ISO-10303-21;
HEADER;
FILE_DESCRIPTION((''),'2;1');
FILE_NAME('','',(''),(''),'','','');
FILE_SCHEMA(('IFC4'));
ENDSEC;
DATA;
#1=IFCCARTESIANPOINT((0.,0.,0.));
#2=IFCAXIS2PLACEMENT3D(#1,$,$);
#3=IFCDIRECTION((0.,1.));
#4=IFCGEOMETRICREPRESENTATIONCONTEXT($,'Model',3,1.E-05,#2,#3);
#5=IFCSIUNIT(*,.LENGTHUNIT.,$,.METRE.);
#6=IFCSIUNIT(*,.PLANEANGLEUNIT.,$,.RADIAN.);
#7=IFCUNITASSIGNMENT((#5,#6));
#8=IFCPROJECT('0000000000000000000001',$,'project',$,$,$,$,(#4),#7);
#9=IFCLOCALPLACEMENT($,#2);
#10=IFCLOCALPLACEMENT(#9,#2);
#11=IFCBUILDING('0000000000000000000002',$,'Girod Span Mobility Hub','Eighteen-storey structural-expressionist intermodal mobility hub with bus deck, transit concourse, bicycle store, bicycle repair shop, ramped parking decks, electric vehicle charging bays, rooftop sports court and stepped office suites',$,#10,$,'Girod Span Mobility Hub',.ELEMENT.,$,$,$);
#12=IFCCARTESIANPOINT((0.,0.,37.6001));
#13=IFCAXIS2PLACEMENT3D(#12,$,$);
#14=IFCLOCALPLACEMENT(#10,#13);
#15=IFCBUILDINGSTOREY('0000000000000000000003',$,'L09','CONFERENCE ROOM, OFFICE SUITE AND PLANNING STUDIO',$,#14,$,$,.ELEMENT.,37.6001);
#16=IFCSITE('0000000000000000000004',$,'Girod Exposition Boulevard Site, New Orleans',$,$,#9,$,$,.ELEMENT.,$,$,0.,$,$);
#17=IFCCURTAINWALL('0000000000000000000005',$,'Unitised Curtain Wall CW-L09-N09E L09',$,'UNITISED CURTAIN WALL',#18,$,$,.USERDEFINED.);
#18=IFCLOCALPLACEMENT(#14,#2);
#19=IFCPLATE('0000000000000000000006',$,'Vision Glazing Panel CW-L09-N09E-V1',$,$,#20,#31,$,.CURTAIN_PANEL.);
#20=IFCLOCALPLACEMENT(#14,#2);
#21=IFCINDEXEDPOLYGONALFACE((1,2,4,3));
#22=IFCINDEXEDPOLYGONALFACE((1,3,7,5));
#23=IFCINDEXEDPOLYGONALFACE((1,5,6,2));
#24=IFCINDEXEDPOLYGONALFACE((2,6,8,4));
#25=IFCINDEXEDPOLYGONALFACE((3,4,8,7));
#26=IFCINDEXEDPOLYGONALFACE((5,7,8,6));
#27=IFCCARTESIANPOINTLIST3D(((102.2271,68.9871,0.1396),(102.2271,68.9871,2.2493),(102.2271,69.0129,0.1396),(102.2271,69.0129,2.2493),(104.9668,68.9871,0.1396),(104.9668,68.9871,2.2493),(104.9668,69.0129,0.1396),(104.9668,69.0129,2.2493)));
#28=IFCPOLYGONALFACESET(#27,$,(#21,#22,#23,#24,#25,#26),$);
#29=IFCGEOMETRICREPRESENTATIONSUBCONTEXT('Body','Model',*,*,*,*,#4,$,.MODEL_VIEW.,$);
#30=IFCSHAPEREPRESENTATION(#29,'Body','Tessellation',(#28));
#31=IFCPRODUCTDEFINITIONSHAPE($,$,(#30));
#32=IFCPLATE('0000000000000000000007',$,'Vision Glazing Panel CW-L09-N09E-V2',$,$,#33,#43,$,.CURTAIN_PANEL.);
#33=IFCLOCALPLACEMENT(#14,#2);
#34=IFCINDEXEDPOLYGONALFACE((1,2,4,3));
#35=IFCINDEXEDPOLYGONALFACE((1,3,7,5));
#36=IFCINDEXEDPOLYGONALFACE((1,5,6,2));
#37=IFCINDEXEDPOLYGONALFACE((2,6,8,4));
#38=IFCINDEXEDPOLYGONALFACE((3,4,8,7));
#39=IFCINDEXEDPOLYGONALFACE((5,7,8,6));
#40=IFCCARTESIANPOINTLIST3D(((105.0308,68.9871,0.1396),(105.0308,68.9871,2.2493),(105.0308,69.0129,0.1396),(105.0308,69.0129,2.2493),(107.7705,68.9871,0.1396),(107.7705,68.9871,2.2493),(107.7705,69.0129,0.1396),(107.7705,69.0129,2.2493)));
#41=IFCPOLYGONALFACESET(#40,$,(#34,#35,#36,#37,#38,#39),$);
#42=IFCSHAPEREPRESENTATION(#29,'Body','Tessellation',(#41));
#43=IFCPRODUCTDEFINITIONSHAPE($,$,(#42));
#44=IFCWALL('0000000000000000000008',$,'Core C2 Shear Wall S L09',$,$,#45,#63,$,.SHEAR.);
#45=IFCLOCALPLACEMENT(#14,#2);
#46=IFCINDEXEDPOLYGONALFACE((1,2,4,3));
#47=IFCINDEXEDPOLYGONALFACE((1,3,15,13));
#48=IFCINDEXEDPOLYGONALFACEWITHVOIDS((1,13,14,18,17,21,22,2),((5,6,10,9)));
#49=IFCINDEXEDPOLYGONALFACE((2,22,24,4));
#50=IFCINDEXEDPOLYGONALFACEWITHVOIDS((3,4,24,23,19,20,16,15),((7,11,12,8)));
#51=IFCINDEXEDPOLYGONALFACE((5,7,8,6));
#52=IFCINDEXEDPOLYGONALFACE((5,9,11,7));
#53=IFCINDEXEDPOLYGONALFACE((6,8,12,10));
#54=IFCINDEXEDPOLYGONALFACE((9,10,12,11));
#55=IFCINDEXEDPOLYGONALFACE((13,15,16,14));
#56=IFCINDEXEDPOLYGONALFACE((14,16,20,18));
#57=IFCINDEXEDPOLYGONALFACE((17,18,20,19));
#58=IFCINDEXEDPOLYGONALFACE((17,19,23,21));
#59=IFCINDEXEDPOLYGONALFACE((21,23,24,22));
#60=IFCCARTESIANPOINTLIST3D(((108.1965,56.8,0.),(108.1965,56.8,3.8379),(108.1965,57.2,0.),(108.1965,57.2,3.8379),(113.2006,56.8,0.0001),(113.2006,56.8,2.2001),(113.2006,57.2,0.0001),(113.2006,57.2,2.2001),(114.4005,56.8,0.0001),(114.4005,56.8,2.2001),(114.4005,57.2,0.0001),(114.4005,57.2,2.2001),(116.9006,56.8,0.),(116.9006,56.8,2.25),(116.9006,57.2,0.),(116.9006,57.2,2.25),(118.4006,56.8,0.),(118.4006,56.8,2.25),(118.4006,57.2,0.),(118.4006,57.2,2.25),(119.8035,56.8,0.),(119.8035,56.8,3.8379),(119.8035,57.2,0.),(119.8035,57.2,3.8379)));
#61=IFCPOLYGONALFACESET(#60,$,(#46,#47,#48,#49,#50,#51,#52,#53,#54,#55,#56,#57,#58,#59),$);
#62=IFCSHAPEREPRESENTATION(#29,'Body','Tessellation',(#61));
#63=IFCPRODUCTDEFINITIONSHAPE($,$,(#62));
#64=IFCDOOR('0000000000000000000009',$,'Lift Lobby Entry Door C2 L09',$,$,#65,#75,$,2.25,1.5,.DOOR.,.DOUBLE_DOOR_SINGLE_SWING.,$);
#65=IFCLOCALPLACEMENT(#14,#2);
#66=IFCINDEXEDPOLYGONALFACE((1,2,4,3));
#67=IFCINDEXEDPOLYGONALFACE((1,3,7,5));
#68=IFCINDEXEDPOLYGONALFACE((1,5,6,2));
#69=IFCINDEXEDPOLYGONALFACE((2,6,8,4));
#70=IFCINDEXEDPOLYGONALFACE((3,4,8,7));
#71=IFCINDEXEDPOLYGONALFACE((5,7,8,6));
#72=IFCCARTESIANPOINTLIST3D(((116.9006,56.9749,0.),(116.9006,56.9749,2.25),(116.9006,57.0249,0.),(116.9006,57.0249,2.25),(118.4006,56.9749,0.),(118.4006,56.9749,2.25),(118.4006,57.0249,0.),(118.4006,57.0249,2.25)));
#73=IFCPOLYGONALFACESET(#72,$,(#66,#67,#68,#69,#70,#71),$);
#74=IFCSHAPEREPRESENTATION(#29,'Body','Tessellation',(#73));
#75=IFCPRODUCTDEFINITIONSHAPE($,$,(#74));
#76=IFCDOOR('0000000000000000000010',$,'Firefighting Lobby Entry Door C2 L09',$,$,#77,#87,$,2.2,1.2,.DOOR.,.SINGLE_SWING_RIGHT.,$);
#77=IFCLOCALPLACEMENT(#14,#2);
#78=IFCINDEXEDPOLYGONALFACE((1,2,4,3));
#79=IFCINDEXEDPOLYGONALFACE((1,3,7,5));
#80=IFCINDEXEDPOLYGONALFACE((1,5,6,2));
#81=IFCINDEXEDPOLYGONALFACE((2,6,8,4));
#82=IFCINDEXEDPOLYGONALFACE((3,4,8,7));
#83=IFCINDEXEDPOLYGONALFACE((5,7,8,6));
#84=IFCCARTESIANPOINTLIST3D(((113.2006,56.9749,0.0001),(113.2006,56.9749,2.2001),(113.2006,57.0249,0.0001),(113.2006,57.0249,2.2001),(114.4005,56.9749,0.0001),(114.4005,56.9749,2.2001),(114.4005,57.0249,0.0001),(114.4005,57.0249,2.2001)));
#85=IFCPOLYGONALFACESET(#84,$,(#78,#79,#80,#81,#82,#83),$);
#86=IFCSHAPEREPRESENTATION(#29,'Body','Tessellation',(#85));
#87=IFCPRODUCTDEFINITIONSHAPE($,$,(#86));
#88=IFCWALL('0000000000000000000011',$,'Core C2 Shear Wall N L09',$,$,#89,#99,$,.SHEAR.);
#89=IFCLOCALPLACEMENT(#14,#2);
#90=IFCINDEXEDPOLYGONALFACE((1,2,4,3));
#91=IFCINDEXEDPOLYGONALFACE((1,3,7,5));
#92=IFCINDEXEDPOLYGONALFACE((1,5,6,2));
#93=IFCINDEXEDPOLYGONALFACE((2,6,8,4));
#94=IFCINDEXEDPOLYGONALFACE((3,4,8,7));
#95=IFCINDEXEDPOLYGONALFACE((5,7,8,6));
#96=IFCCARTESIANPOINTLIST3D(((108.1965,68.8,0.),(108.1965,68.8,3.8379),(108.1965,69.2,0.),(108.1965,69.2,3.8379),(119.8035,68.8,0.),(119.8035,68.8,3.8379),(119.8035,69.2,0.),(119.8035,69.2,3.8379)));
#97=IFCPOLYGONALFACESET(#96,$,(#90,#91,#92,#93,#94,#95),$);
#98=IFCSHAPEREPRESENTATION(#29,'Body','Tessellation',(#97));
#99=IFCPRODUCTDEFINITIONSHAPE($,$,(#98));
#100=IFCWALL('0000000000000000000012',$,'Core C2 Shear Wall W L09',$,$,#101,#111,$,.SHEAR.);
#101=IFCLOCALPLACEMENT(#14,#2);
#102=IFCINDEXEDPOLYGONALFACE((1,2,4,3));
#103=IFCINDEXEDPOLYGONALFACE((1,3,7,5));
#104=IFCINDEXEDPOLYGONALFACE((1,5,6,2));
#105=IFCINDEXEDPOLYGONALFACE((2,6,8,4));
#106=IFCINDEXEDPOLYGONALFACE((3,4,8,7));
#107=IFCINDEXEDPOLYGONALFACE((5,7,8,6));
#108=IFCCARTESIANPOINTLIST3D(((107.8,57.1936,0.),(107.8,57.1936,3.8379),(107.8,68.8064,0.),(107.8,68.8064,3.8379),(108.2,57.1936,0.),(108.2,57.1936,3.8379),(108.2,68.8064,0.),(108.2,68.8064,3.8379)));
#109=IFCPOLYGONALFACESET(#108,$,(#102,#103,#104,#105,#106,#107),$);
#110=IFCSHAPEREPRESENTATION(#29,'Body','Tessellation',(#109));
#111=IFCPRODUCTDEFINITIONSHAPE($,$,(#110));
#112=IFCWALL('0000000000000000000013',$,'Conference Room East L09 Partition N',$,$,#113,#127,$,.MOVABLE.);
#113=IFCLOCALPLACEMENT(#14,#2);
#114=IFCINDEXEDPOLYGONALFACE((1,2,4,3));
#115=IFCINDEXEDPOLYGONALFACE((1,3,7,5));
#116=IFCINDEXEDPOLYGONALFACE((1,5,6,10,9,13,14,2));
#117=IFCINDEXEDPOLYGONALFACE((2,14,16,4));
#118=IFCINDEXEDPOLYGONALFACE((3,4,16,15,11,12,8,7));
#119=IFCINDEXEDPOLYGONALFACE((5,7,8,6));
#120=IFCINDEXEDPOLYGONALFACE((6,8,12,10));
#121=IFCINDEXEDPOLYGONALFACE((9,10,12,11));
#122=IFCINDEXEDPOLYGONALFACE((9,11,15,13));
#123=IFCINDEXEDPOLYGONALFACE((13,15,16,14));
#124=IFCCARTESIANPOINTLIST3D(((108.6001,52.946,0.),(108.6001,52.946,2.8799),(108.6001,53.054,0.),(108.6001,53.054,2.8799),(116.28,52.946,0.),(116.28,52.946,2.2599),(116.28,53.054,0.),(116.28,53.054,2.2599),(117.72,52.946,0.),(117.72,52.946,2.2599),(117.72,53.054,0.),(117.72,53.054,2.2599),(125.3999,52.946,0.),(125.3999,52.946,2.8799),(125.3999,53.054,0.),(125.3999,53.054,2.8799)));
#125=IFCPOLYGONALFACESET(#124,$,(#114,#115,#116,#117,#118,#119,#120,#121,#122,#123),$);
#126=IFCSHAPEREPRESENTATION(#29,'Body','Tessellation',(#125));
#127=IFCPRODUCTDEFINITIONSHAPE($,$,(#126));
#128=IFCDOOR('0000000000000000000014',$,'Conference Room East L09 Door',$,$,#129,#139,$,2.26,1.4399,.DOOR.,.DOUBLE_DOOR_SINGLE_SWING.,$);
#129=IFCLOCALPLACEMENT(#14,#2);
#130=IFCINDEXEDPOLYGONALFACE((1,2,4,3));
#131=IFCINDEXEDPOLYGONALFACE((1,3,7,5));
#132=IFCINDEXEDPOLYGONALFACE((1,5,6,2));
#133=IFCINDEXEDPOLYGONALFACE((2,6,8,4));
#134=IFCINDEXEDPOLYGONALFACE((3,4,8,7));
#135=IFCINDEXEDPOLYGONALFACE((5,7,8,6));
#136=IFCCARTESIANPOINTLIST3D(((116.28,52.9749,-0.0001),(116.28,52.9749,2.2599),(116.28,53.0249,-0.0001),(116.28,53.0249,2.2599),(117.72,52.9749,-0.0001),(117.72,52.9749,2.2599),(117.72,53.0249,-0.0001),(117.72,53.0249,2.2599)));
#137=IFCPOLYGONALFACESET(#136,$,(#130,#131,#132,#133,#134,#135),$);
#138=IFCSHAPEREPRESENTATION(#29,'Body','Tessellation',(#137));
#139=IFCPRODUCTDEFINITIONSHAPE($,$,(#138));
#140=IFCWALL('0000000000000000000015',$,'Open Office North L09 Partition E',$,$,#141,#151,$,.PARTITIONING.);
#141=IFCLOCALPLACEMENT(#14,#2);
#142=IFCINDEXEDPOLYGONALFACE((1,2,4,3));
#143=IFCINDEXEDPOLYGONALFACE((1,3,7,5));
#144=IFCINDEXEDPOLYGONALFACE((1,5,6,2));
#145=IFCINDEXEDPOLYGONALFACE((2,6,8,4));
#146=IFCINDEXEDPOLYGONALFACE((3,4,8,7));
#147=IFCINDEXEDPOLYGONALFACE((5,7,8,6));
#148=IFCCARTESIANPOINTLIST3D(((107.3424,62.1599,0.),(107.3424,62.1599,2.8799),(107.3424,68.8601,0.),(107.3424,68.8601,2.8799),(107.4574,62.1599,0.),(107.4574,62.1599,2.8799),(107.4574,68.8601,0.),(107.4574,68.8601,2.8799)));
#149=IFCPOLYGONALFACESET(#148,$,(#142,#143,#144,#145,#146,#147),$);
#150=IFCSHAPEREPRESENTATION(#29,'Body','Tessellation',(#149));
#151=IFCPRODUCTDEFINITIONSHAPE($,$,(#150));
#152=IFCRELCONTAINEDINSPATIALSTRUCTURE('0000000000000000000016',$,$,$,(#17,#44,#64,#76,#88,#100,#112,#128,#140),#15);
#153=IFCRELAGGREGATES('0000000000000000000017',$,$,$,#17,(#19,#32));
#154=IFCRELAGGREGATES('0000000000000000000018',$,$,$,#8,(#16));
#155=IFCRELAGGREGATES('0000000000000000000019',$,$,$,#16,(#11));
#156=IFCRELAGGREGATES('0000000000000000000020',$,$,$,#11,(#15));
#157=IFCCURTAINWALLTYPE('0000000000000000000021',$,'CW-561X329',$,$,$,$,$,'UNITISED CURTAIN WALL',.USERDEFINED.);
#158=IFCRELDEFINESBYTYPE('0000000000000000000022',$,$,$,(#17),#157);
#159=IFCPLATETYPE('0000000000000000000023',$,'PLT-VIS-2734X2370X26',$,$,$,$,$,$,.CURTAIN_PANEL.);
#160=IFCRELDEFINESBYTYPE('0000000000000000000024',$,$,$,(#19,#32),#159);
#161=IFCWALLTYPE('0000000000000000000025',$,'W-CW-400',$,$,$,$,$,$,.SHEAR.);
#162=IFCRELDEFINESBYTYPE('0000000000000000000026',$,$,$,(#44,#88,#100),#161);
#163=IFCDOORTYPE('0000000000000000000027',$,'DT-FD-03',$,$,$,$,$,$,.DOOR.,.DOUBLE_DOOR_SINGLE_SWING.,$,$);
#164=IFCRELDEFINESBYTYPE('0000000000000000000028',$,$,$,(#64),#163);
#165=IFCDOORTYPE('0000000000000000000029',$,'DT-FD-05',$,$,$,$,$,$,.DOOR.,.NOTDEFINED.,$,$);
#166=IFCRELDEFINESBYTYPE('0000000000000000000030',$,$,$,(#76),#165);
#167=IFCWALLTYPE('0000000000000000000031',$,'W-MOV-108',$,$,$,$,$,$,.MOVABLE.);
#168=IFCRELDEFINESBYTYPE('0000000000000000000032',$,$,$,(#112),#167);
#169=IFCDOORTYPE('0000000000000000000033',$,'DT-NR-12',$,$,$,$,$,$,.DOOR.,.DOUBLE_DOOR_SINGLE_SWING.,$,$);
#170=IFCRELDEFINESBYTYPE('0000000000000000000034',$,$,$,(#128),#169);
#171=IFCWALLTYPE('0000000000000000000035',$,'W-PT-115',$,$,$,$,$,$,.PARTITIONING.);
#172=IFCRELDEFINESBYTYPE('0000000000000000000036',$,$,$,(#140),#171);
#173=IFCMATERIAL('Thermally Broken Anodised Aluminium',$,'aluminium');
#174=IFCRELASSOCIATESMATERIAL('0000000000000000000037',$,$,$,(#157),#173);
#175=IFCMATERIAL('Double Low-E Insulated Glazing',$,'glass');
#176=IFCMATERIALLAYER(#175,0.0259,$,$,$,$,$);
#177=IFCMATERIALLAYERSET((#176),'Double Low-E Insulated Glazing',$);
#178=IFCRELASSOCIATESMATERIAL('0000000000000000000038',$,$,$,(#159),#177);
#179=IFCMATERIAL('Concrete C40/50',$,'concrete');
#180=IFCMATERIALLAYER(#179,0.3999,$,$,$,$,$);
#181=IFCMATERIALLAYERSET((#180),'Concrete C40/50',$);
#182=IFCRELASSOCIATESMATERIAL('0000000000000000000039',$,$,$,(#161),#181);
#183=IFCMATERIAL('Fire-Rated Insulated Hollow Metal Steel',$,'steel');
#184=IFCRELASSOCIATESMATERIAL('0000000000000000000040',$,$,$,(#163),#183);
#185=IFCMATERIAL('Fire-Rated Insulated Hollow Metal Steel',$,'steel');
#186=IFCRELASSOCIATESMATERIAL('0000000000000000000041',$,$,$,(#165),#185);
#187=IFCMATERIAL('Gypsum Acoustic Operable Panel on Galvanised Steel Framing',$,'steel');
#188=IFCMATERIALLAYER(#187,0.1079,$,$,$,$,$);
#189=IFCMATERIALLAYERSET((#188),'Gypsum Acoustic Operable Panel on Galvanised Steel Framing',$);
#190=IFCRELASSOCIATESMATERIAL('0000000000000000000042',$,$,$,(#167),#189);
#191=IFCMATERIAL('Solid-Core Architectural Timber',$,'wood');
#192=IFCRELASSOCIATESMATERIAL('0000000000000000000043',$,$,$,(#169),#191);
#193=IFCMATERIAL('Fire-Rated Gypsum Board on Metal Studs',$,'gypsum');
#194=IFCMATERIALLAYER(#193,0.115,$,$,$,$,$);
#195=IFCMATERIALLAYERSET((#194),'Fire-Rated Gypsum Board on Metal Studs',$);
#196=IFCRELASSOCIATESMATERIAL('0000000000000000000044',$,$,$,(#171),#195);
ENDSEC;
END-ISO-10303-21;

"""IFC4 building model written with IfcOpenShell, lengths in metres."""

from ifc_helpers import new_model, si_unit, direction, frame, frame_2d, origin, origin_2d, place, context, subcontext, project, spatial, rectangle, extrude, material, layer, layer_set, type_object, element, fill, aggregate, save


model = new_model("IFC4")

# Units and contexts
model_context = context("Model", 3, precision=1e-05, world=origin(), true_north=direction((0.0, 1.0)))
body_context = subcontext(model_context, "Body", "Model", "MODEL_VIEW")
ifc_project = project(units=[si_unit("LENGTHUNIT", "METRE"), si_unit("PLANEANGLEUNIT", "RADIAN")], contexts=[model_context])

# Site, building, storey
site_placement = place(None, origin())
site = spatial("IfcSite", under=ifc_project, at=site_placement, Name="Girod Exposition Boulevard Site, New Orleans", CompositionType="ELEMENT", RefElevation=0.0)
building_placement = place(site_placement, origin())
building = spatial("IfcBuilding", under=site, at=building_placement, Name="Girod Span Mobility Hub", Description="Eighteen-storey structural-expressionist intermodal mobility hub with bus deck, transit concourse, bicycle store, bicycle repair shop, ramped parking decks, electric vehicle charging bays, rooftop sports court and stepped office suites", LongName="Girod Span Mobility Hub", CompositionType="ELEMENT")
storey_placement = place(building_placement, frame((0.0, 0.0, 37.6001)))
storey = spatial("IfcBuildingStorey", under=building, at=storey_placement, Name="L09", Description="CONFERENCE ROOM, OFFICE SUITE AND PLANNING STUDIO", CompositionType="ELEMENT", Elevation=37.6001)

# Curtain wall
ifc_material_1 = material(Name="Thermally Broken Anodised Aluminium", Category="aluminium")
curtain_wall_type = type_object("IfcCurtainWallType", Name="CW-561X329", ElementType="UNITISED CURTAIN WALL", PredefinedType="USERDEFINED", material=ifc_material_1)
curtain_wall_1_placement = place(storey_placement, origin())
curtain_wall_1 = element("IfcCurtainWall", 1, at=curtain_wall_1_placement, inside=storey, type_object=curtain_wall_type, Name="Unitised Curtain Wall CW-L09-N09E L09", ObjectType="UNITISED CURTAIN WALL", PredefinedType="USERDEFINED")

# Plates
ifc_material_2 = material(Name="Double Low-E Insulated Glazing", Category="glass")
ifc_layer_1 = layer(ifc_material_2, 0.0259)
ifc_layer_set_1 = layer_set([ifc_layer_1], Name="Double Low-E Insulated Glazing")
plate_type_1 = type_object("IfcPlateType", Name="PLT-VIS-2734X2370X26", PredefinedType="CURTAIN_PANEL", material=ifc_layer_set_1)
plate_1_placement = place(storey_placement, frame((103.5969, 69.0, 0.1396), z_axis=(0.0, 0.0, 1.0), x_axis=(1.0, 0.0, 0.0)))
plate_1 = element("IfcPlate", 2, at=plate_1_placement, type_object=plate_type_1, Name="Vision Glazing Panel CW-L09-N09E-V1", PredefinedType="CURTAIN_PANEL", context=body_context, shape_type="SweptSolid", body=[
    extrude(rectangle(XDim=2.7397, YDim=0.0259, at=origin_2d()), origin(), (0.0, 0.0, 1.0), 2.1096),
])
plate_2_placement = place(storey_placement, frame((106.4006, 69.0, 0.1396), z_axis=(0.0, 0.0, 1.0), x_axis=(1.0, 0.0, 0.0)))
plate_2 = element("IfcPlate", 3, at=plate_2_placement, type_object=plate_type_1, Name="Vision Glazing Panel CW-L09-N09E-V2", PredefinedType="CURTAIN_PANEL", context=body_context, shape_type="SweptSolid", body=[
    extrude(rectangle(XDim=2.7397, YDim=0.0259, at=origin_2d()), origin(), (0.0, 0.0, 1.0), 2.1096),
])
aggregate(curtain_wall_1, [plate_1, plate_2])

# Wall, openings, doors
ifc_material_3 = material(Name="Concrete C40/50", Category="concrete")
ifc_layer_2 = layer(ifc_material_3, 0.3999)
ifc_layer_set_2 = layer_set([ifc_layer_2], Name="Concrete C40/50")
wall_type_1 = type_object("IfcWallType", Name="W-CW-400", PredefinedType="SHEAR", material=ifc_layer_set_2)
wall_1_placement = place(storey_placement, frame((108.1965, 57.0, 0.0), z_axis=(0.0, 0.0, 1.0), x_axis=(1.0, 0.0, 0.0)))
wall_1 = element("IfcWall", 4, at=wall_1_placement, inside=storey, type_object=wall_type_1, Name="Core C2 Shear Wall S L09", PredefinedType="SHEAR", context=body_context, shape_type="SweptSolid", body=[
    extrude(rectangle(XDim=11.6069, YDim=0.3999, at=frame_2d((5.8035, 0.0))), origin(), (0.0, 0.0, 1.0), 3.8379),
])
opening_1_placement = place(wall_1_placement, frame((5.0039, 0.0, 0.0)))
opening_1 = element("IfcOpeningElement", 5, at=opening_1_placement, cuts=wall_1, PredefinedType="OPENING", context=body_context, shape_type="SweptSolid", body=[
    extrude(rectangle(XDim=1.2, YDim=2.2, at=frame_2d((0.6001, 1.1001))), frame((0.0, 0.2148, 0.0), z_axis=(0.0, -1.0, 0.0), x_axis=(1.0, 0.0, 0.0)), (0.0, 0.0, 1.0), 0.4299),
])
opening_2_placement = place(wall_1_placement, frame((8.7041, 0.0, 0.0)))
opening_2 = element("IfcOpeningElement", 6, at=opening_2_placement, cuts=wall_1, PredefinedType="OPENING", context=body_context, shape_type="SweptSolid", body=[
    extrude(rectangle(XDim=1.5, YDim=2.25, at=frame_2d((0.75, 1.125))), frame((0.0, 0.2148, 0.0), z_axis=(0.0, -1.0, 0.0), x_axis=(1.0, 0.0, 0.0)), (0.0, 0.0, 1.0), 0.4299),
])
ifc_material_4 = material(Name="Fire-Rated Insulated Hollow Metal Steel", Category="steel")
door_type_1 = type_object("IfcDoorType", Name="DT-FD-03", OperationType="DOUBLE_DOOR_SINGLE_SWING", PredefinedType="DOOR", material=ifc_material_4)
door_1_placement = place(opening_2_placement, origin())
door_1 = element("IfcDoor", 7, at=door_1_placement, inside=storey, type_object=door_type_1, Name="Lift Lobby Entry Door C2 L09", OperationType="DOUBLE_DOOR_SINGLE_SWING", OverallHeight=2.25, OverallWidth=1.5, PredefinedType="DOOR", context=body_context, shape_type="SweptSolid", body=[
    extrude(rectangle(XDim=1.5, YDim=2.25, at=frame_2d((0.75, 1.125))), frame((0.0, 0.0249, 0.0), z_axis=(0.0, -1.0, 0.0), x_axis=(1.0, 0.0, 0.0)), (0.0, 0.0, 1.0), 0.05),
])
fill(opening_2, door_1)
ifc_material_5 = material(Name="Fire-Rated Insulated Hollow Metal Steel", Category="steel")
door_type_2 = type_object("IfcDoorType", Name="DT-FD-05", OperationType="NOTDEFINED", PredefinedType="DOOR", material=ifc_material_5)
door_2_placement = place(opening_1_placement, origin())
door_2 = element("IfcDoor", 8, at=door_2_placement, inside=storey, type_object=door_type_2, Name="Firefighting Lobby Entry Door C2 L09", OperationType="SINGLE_SWING_RIGHT", OverallHeight=2.2, OverallWidth=1.2, PredefinedType="DOOR", context=body_context, shape_type="SweptSolid", body=[
    extrude(rectangle(XDim=1.2, YDim=2.2, at=frame_2d((0.6001, 1.1001))), frame((0.0, 0.0249, 0.0), z_axis=(0.0, -1.0, 0.0), x_axis=(1.0, 0.0, 0.0)), (0.0, 0.0, 1.0), 0.05),
])
fill(opening_1, door_2)

# Walls
wall_2_placement = place(storey_placement, frame((108.1965, 69.0, 0.0), z_axis=(0.0, 0.0, 1.0), x_axis=(1.0, 0.0, 0.0)))
element("IfcWall", 9, at=wall_2_placement, inside=storey, type_object=wall_type_1, Name="Core C2 Shear Wall N L09", PredefinedType="SHEAR", context=body_context, shape_type="SweptSolid", body=[
    extrude(rectangle(XDim=11.6069, YDim=0.3999, at=frame_2d((5.8035, 0.0))), origin(), (0.0, 0.0, 1.0), 3.8379),
])
wall_3_placement = place(storey_placement, frame((108.0, 57.1936, 0.0), z_axis=(0.0, 0.0, 1.0), x_axis=(0.0, 1.0, 0.0)))
element("IfcWall", 10, at=wall_3_placement, inside=storey, type_object=wall_type_1, Name="Core C2 Shear Wall W L09", PredefinedType="SHEAR", context=body_context, shape_type="SweptSolid", body=[
    extrude(rectangle(XDim=11.6128, YDim=0.3999, at=frame_2d((5.8064, 0.0))), origin(), (0.0, 0.0, 1.0), 3.8379),
])

# Wall, opening, door
ifc_material_6 = material(Name="Gypsum Acoustic Operable Panel on Galvanised Steel Framing", Category="steel")
ifc_layer_3 = layer(ifc_material_6, 0.1079)
ifc_layer_set_3 = layer_set([ifc_layer_3], Name="Gypsum Acoustic Operable Panel on Galvanised Steel Framing")
wall_type_2 = type_object("IfcWallType", Name="W-MOV-108", PredefinedType="MOVABLE", material=ifc_layer_set_3)
wall_4_placement = place(storey_placement, frame((108.6001, 53.0, 0.0), z_axis=(0.0, 0.0, 1.0), x_axis=(1.0, 0.0, 0.0)))
wall_4 = element("IfcWall", 11, at=wall_4_placement, inside=storey, type_object=wall_type_2, Name="Conference Room East L09 Partition N", PredefinedType="MOVABLE", context=body_context, shape_type="SweptSolid", body=[
    extrude(rectangle(XDim=16.7998, YDim=0.1079, at=frame_2d((8.3999, 0.0))), origin(), (0.0, 0.0, 1.0), 2.8799),
])
opening_3_placement = place(wall_4_placement, frame((7.6799, 0.0, 0.0)))
opening_3 = element("IfcOpeningElement", 12, at=opening_3_placement, cuts=wall_4, PredefinedType="OPENING", context=body_context, shape_type="SweptSolid", body=[
    extrude(rectangle(XDim=1.4399, YDim=2.26, at=frame_2d((0.72, 1.1299))), frame((0.0, 0.0688, 0.0), z_axis=(0.0, -1.0, 0.0), x_axis=(1.0, 0.0, 0.0)), (0.0, 0.0, 1.0), 0.1379),
])
ifc_material_7 = material(Name="Solid-Core Architectural Timber", Category="wood")
door_type_3 = type_object("IfcDoorType", Name="DT-NR-12", OperationType="DOUBLE_DOOR_SINGLE_SWING", PredefinedType="DOOR", material=ifc_material_7)
door_3_placement = place(opening_3_placement, origin())
door_3 = element("IfcDoor", 13, at=door_3_placement, inside=storey, type_object=door_type_3, Name="Conference Room East L09 Door", OperationType="DOUBLE_DOOR_SINGLE_SWING", OverallHeight=2.26, OverallWidth=1.4399, PredefinedType="DOOR", context=body_context, shape_type="SweptSolid", body=[
    extrude(rectangle(XDim=1.4399, YDim=2.26, at=frame_2d((0.72, 1.1299))), frame((0.0, 0.0249, 0.0), z_axis=(0.0, -1.0, 0.0), x_axis=(1.0, 0.0, 0.0)), (0.0, 0.0, 1.0), 0.05),
])
fill(opening_3, door_3)

# Wall
ifc_material_8 = material(Name="Fire-Rated Gypsum Board on Metal Studs", Category="gypsum")
ifc_layer_4 = layer(ifc_material_8, 0.115)
ifc_layer_set_4 = layer_set([ifc_layer_4], Name="Fire-Rated Gypsum Board on Metal Studs")
wall_type_3 = type_object("IfcWallType", Name="W-PT-115", PredefinedType="PARTITIONING", material=ifc_layer_set_4)
wall_5_placement = place(storey_placement, frame((107.3999, 62.1599, 0.0), z_axis=(0.0, 0.0, 1.0), x_axis=(0.0, 1.0, 0.0)))
element("IfcWall", 14, at=wall_5_placement, inside=storey, type_object=wall_type_3, Name="Open Office North L09 Partition E", PredefinedType="PARTITIONING", context=body_context, shape_type="SweptSolid", body=[
    extrude(rectangle(XDim=6.7002, YDim=0.115, at=frame_2d((3.3501, 0.0))), origin(), (0.0, 0.0, 1.0), 2.8799),
])

save(model, "model.ifc")
